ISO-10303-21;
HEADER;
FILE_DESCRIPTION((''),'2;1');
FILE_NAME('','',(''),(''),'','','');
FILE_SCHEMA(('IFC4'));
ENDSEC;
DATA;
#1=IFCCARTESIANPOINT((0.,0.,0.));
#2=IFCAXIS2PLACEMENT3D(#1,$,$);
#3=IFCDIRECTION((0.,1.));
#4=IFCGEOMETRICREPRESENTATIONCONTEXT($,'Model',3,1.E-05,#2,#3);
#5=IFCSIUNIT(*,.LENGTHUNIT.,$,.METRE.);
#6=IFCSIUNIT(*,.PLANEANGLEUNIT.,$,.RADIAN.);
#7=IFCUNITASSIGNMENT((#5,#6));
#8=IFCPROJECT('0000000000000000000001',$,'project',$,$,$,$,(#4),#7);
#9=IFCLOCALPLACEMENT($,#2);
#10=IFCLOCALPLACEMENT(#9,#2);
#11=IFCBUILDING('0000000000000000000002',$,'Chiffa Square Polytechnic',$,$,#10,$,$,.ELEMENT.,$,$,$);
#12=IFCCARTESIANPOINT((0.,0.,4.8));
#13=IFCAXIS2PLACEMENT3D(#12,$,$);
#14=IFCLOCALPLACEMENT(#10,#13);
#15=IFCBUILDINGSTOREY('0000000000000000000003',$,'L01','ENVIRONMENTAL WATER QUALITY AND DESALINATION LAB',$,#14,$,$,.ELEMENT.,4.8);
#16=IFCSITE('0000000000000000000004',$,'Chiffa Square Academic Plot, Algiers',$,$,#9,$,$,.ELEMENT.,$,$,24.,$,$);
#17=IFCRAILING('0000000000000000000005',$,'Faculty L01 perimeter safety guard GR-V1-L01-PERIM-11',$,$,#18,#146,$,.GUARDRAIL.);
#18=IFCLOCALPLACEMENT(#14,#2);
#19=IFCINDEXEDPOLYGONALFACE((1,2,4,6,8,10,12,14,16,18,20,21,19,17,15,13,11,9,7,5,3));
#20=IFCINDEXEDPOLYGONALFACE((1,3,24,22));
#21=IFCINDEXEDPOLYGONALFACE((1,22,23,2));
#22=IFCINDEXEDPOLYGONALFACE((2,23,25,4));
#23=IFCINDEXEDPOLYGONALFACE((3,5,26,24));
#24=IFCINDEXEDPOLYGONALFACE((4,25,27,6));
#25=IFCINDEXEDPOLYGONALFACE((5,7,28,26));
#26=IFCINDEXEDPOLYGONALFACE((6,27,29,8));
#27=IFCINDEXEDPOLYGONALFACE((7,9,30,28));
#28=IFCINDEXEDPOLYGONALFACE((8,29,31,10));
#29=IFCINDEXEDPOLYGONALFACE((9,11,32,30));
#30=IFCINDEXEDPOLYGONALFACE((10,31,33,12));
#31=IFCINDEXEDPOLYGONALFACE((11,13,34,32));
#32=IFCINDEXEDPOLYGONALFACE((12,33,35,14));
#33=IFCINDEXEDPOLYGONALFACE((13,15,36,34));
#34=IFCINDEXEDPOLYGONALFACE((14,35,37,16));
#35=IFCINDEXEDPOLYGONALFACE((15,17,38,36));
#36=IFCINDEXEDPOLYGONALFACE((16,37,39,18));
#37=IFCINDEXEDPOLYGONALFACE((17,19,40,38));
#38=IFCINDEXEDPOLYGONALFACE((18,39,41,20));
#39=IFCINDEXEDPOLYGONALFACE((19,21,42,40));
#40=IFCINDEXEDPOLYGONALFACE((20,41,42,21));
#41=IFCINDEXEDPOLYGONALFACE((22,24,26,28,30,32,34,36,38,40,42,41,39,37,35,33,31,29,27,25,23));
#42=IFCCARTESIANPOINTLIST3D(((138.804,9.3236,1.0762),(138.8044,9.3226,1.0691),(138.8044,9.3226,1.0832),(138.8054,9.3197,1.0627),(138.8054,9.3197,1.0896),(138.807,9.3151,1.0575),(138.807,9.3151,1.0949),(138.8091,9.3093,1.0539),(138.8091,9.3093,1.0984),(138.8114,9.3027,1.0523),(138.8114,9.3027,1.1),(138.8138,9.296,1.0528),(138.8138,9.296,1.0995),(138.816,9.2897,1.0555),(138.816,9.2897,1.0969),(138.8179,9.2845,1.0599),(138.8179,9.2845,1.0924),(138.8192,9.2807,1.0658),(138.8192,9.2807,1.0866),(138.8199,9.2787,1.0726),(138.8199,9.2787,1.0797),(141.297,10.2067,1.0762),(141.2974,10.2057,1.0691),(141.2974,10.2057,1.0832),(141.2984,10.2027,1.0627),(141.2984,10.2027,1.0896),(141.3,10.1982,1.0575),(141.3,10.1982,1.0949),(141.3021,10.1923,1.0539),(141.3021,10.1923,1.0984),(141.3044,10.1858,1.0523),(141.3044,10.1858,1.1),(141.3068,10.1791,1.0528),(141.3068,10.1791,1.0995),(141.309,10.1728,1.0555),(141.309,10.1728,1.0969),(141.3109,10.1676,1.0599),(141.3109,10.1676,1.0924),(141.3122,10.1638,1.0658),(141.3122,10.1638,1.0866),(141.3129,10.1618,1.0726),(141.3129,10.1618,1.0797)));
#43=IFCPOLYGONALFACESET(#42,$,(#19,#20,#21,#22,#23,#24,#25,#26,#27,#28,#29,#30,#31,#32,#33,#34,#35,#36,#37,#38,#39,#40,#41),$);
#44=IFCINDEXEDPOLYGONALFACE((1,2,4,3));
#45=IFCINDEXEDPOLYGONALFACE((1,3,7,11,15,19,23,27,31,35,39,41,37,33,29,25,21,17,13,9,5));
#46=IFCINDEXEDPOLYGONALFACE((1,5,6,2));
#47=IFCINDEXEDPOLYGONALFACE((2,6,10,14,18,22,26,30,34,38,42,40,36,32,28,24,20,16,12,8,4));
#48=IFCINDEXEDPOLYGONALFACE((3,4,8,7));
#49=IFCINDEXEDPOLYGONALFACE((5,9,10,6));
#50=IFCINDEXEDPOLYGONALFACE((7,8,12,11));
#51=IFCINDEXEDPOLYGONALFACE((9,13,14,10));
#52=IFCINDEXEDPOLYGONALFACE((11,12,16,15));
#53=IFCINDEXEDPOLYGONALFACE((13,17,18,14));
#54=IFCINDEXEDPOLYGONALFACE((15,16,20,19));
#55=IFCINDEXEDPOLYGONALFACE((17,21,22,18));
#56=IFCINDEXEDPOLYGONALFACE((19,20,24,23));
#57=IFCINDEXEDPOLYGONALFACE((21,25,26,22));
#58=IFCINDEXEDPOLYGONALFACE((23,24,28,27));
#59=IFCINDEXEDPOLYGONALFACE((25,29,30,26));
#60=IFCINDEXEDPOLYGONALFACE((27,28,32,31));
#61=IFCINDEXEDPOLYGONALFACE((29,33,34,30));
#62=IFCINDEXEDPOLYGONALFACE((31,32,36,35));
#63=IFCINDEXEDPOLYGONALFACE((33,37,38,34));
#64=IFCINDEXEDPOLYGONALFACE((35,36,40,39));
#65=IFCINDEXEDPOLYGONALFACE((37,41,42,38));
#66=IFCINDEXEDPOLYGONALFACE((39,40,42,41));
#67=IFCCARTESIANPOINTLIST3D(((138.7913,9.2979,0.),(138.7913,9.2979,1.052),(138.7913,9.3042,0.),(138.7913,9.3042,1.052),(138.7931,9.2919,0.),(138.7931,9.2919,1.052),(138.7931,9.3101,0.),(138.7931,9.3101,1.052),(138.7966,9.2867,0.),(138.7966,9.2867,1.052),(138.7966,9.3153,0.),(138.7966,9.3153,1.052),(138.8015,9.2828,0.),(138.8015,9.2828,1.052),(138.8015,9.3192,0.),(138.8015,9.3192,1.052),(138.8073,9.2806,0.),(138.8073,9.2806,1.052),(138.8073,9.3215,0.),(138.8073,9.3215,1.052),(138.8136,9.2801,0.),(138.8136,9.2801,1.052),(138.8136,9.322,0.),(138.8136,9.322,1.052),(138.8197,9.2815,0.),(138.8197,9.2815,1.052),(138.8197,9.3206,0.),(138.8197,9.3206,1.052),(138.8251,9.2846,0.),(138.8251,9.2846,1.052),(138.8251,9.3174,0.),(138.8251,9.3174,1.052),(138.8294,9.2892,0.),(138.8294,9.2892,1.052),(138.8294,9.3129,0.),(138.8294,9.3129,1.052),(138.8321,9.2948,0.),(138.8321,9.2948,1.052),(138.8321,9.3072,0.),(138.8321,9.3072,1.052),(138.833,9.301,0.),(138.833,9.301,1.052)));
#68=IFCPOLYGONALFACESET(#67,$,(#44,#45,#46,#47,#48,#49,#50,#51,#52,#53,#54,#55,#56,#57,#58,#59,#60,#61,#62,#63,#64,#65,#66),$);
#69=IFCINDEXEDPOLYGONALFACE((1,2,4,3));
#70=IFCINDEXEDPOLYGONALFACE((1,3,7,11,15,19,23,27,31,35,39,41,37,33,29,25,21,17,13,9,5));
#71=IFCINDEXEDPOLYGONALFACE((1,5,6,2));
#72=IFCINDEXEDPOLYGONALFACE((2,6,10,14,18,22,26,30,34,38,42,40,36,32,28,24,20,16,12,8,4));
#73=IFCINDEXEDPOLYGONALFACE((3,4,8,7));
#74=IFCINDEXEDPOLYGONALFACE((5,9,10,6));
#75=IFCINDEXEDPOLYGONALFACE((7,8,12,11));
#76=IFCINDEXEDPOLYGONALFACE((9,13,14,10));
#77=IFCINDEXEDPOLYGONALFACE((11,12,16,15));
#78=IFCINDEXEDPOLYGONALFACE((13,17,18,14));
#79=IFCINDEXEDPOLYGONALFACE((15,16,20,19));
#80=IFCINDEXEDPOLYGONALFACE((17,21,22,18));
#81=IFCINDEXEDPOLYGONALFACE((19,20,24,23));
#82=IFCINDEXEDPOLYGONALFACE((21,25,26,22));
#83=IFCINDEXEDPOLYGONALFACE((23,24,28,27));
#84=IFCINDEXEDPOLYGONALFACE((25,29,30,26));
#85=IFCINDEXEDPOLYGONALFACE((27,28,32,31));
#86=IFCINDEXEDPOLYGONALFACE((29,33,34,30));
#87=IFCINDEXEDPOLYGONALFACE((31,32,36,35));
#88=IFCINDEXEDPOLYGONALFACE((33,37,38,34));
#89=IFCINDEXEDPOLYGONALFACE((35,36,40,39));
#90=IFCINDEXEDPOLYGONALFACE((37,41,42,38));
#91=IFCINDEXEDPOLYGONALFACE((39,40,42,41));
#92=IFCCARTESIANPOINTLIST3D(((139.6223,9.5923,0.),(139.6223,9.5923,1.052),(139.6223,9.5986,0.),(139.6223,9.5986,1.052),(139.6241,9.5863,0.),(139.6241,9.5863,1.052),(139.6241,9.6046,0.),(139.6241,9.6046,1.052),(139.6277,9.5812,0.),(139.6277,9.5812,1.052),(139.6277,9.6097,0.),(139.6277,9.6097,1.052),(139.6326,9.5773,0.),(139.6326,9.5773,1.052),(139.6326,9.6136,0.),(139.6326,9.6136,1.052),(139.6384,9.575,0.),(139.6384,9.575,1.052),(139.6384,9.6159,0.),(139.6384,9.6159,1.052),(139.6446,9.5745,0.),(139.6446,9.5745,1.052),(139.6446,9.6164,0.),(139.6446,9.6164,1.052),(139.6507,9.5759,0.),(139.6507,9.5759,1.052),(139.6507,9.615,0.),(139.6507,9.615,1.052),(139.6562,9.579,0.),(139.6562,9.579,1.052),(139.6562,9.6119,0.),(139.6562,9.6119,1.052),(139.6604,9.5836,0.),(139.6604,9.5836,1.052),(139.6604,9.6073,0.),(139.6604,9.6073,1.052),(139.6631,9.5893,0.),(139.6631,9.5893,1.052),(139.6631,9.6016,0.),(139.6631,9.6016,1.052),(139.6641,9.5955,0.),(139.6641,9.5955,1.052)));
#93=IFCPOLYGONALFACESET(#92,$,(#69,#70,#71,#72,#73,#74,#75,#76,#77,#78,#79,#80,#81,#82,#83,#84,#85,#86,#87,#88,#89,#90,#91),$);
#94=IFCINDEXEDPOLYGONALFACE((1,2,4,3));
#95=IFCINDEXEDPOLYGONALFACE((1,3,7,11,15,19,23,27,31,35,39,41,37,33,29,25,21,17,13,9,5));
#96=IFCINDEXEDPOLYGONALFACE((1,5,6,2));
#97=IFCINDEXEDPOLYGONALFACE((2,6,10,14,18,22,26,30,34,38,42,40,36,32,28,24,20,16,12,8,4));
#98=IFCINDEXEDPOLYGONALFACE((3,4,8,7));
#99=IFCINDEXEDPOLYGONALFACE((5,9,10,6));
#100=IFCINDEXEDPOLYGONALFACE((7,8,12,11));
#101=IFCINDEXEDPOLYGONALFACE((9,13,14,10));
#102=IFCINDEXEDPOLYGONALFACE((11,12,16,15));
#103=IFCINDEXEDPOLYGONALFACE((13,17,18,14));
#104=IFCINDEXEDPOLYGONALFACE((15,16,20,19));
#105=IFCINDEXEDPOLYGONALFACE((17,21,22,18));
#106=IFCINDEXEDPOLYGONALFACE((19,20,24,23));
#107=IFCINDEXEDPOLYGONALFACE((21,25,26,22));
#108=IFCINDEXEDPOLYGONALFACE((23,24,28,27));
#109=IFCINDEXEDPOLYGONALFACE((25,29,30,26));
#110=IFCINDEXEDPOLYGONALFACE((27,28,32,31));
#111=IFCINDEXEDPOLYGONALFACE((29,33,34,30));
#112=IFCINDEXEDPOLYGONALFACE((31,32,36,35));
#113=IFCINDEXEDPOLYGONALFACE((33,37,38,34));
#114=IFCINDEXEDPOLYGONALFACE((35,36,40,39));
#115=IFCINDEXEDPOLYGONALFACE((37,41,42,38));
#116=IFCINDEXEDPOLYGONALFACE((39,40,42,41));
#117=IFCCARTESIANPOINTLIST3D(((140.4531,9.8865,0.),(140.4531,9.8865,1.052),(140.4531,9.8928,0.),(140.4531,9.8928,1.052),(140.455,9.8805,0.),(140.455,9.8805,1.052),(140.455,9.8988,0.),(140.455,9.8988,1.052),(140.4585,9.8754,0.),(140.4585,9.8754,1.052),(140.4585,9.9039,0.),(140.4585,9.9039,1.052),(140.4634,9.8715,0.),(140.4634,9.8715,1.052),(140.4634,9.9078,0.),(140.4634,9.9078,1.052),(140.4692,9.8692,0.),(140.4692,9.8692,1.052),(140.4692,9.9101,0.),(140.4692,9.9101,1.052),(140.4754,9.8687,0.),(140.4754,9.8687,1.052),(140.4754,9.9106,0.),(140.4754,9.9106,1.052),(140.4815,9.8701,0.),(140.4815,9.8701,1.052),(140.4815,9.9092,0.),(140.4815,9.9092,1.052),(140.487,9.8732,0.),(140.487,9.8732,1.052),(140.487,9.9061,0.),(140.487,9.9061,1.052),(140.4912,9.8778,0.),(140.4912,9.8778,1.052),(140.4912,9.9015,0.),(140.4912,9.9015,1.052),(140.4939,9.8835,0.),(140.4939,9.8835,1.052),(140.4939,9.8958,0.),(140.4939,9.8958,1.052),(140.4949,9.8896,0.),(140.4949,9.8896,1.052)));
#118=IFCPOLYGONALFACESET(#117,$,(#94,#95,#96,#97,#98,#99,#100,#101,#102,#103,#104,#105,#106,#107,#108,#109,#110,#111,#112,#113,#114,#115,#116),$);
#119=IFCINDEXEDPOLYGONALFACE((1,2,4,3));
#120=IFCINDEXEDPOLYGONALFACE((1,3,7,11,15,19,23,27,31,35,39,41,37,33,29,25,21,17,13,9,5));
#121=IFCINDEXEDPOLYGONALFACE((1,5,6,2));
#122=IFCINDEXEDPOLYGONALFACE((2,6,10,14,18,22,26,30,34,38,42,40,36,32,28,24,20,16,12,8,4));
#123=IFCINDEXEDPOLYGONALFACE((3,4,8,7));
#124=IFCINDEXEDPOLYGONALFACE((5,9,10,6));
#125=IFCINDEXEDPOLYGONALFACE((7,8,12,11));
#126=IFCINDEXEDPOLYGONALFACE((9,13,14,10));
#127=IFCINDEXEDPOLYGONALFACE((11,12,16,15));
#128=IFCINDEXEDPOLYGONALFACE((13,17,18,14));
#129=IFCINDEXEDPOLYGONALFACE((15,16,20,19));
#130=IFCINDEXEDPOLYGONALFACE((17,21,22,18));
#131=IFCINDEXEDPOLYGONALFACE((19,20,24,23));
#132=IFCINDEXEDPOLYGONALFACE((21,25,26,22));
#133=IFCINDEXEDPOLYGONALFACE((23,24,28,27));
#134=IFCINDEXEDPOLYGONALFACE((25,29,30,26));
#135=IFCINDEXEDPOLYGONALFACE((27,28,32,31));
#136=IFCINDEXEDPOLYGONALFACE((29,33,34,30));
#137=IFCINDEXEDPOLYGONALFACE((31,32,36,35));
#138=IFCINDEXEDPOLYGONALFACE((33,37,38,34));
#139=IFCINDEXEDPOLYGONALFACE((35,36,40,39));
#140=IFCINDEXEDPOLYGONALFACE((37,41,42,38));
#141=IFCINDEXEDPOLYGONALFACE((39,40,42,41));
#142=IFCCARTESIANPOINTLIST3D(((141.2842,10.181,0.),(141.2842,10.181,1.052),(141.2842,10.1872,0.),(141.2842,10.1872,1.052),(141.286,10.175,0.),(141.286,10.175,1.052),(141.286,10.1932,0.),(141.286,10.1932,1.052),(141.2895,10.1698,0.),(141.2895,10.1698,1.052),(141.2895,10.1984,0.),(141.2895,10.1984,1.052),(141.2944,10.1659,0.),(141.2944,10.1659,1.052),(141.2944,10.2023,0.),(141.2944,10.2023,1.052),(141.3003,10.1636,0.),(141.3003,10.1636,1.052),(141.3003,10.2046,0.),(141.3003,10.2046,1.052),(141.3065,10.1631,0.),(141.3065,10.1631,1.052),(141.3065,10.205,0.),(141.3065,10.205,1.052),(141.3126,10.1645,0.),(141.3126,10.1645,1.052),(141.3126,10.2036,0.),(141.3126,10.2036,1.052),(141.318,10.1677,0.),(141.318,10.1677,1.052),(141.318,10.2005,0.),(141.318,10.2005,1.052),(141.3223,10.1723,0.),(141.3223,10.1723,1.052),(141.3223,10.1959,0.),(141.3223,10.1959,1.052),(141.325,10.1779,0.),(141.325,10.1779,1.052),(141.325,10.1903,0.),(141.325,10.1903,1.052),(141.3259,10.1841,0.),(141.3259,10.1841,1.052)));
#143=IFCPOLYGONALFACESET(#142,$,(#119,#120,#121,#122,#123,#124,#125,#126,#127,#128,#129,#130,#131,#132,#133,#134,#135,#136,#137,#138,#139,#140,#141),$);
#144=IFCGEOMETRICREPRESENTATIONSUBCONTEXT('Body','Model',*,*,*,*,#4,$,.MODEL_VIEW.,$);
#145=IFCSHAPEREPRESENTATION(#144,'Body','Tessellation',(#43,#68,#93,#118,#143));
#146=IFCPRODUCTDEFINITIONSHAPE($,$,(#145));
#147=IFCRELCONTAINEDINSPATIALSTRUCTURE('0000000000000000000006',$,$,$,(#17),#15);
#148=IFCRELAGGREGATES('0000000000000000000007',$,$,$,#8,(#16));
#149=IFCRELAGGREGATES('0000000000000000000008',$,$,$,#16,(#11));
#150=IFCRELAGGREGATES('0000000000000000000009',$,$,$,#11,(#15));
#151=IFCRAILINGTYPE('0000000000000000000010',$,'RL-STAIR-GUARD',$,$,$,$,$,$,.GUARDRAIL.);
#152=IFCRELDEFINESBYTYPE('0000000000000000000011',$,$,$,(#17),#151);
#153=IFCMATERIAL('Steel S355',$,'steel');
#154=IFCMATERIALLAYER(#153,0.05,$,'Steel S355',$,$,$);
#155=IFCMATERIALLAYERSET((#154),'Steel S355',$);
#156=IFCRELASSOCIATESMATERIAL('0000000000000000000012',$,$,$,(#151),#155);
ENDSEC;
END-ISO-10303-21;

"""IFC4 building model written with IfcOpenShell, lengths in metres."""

from ifc_helpers import new_model, si_unit, direction, frame, origin, origin_2d, place, context, subcontext, project, spatial, circle, extrude, material, layer, layer_set, type_object, element, save


model = new_model("IFC4")

# Units and contexts
model_context = context("Model", 3, precision=1e-05, world=origin(), true_north=direction((0.0, 1.0)))
body_context = subcontext(model_context, "Body", "Model", "MODEL_VIEW")
ifc_project = project(units=[si_unit("LENGTHUNIT", "METRE"), si_unit("PLANEANGLEUNIT", "RADIAN")], contexts=[model_context])

# Site, building, storey
site_placement = place(None, origin())
site = spatial("IfcSite", under=ifc_project, at=site_placement, Name="Chiffa Square Academic Plot, Algiers", CompositionType="ELEMENT", RefElevation=24.0)
building_placement = place(site_placement, origin())
building = spatial("IfcBuilding", under=site, at=building_placement, Name="Chiffa Square Polytechnic", CompositionType="ELEMENT")
storey_placement = place(building_placement, frame((0.0, 0.0, 4.8)))
storey = spatial("IfcBuildingStorey", under=building, at=storey_placement, Name="L01", Description="ENVIRONMENTAL WATER QUALITY AND DESALINATION LAB", CompositionType="ELEMENT", Elevation=4.8)

# Shared definitions
ifc_material_1 = material(Name="Steel S355", Category="steel")

# Railing
ifc_layer_1 = layer(ifc_material_1, 0.05, Name="Steel S355")
ifc_layer_set_1 = layer_set([ifc_layer_1], Name="Steel S355")
railing_type = type_object("IfcRailingType", Name="RL-STAIR-GUARD", PredefinedType="GUARDRAIL", material=ifc_layer_set_1)
railing_1_placement = place(storey_placement, frame((138.812, 9.301, 0.0)))
element("IfcRailing", 1, at=railing_1_placement, inside=storey, type_object=railing_type, Name="Faculty L01 perimeter safety guard GR-V1-L01-PERIM-11", PredefinedType="GUARDRAIL", context=body_context, shape_type="SweptSolid", body=[
    extrude(circle(Radius=0.0239, at=origin_2d()), frame((0.0, 0.0, 1.0762), z_axis=(0.94261, 0.333897, 0.0), x_axis=(-0.333897, 0.94261, 0.0)), (0.0, 0.0, 1.0), 2.6448),
    extrude(circle(Radius=0.021, at=origin_2d()), origin(), (0.0, 0.0, 1.0), 1.052),
    extrude(circle(Radius=0.021, at=origin_2d()), frame((0.8311, 0.2944, 0.0)), (0.0, 0.0, 1.0), 1.052),
    extrude(circle(Radius=0.021, at=origin_2d()), frame((1.6619, 0.5886, 0.0)), (0.0, 0.0, 1.0), 1.052),
    extrude(circle(Radius=0.021, at=origin_2d()), frame((2.4929, 0.8831, 0.0)), (0.0, 0.0, 1.0), 1.052),
])

save(model, "model.ifc")
